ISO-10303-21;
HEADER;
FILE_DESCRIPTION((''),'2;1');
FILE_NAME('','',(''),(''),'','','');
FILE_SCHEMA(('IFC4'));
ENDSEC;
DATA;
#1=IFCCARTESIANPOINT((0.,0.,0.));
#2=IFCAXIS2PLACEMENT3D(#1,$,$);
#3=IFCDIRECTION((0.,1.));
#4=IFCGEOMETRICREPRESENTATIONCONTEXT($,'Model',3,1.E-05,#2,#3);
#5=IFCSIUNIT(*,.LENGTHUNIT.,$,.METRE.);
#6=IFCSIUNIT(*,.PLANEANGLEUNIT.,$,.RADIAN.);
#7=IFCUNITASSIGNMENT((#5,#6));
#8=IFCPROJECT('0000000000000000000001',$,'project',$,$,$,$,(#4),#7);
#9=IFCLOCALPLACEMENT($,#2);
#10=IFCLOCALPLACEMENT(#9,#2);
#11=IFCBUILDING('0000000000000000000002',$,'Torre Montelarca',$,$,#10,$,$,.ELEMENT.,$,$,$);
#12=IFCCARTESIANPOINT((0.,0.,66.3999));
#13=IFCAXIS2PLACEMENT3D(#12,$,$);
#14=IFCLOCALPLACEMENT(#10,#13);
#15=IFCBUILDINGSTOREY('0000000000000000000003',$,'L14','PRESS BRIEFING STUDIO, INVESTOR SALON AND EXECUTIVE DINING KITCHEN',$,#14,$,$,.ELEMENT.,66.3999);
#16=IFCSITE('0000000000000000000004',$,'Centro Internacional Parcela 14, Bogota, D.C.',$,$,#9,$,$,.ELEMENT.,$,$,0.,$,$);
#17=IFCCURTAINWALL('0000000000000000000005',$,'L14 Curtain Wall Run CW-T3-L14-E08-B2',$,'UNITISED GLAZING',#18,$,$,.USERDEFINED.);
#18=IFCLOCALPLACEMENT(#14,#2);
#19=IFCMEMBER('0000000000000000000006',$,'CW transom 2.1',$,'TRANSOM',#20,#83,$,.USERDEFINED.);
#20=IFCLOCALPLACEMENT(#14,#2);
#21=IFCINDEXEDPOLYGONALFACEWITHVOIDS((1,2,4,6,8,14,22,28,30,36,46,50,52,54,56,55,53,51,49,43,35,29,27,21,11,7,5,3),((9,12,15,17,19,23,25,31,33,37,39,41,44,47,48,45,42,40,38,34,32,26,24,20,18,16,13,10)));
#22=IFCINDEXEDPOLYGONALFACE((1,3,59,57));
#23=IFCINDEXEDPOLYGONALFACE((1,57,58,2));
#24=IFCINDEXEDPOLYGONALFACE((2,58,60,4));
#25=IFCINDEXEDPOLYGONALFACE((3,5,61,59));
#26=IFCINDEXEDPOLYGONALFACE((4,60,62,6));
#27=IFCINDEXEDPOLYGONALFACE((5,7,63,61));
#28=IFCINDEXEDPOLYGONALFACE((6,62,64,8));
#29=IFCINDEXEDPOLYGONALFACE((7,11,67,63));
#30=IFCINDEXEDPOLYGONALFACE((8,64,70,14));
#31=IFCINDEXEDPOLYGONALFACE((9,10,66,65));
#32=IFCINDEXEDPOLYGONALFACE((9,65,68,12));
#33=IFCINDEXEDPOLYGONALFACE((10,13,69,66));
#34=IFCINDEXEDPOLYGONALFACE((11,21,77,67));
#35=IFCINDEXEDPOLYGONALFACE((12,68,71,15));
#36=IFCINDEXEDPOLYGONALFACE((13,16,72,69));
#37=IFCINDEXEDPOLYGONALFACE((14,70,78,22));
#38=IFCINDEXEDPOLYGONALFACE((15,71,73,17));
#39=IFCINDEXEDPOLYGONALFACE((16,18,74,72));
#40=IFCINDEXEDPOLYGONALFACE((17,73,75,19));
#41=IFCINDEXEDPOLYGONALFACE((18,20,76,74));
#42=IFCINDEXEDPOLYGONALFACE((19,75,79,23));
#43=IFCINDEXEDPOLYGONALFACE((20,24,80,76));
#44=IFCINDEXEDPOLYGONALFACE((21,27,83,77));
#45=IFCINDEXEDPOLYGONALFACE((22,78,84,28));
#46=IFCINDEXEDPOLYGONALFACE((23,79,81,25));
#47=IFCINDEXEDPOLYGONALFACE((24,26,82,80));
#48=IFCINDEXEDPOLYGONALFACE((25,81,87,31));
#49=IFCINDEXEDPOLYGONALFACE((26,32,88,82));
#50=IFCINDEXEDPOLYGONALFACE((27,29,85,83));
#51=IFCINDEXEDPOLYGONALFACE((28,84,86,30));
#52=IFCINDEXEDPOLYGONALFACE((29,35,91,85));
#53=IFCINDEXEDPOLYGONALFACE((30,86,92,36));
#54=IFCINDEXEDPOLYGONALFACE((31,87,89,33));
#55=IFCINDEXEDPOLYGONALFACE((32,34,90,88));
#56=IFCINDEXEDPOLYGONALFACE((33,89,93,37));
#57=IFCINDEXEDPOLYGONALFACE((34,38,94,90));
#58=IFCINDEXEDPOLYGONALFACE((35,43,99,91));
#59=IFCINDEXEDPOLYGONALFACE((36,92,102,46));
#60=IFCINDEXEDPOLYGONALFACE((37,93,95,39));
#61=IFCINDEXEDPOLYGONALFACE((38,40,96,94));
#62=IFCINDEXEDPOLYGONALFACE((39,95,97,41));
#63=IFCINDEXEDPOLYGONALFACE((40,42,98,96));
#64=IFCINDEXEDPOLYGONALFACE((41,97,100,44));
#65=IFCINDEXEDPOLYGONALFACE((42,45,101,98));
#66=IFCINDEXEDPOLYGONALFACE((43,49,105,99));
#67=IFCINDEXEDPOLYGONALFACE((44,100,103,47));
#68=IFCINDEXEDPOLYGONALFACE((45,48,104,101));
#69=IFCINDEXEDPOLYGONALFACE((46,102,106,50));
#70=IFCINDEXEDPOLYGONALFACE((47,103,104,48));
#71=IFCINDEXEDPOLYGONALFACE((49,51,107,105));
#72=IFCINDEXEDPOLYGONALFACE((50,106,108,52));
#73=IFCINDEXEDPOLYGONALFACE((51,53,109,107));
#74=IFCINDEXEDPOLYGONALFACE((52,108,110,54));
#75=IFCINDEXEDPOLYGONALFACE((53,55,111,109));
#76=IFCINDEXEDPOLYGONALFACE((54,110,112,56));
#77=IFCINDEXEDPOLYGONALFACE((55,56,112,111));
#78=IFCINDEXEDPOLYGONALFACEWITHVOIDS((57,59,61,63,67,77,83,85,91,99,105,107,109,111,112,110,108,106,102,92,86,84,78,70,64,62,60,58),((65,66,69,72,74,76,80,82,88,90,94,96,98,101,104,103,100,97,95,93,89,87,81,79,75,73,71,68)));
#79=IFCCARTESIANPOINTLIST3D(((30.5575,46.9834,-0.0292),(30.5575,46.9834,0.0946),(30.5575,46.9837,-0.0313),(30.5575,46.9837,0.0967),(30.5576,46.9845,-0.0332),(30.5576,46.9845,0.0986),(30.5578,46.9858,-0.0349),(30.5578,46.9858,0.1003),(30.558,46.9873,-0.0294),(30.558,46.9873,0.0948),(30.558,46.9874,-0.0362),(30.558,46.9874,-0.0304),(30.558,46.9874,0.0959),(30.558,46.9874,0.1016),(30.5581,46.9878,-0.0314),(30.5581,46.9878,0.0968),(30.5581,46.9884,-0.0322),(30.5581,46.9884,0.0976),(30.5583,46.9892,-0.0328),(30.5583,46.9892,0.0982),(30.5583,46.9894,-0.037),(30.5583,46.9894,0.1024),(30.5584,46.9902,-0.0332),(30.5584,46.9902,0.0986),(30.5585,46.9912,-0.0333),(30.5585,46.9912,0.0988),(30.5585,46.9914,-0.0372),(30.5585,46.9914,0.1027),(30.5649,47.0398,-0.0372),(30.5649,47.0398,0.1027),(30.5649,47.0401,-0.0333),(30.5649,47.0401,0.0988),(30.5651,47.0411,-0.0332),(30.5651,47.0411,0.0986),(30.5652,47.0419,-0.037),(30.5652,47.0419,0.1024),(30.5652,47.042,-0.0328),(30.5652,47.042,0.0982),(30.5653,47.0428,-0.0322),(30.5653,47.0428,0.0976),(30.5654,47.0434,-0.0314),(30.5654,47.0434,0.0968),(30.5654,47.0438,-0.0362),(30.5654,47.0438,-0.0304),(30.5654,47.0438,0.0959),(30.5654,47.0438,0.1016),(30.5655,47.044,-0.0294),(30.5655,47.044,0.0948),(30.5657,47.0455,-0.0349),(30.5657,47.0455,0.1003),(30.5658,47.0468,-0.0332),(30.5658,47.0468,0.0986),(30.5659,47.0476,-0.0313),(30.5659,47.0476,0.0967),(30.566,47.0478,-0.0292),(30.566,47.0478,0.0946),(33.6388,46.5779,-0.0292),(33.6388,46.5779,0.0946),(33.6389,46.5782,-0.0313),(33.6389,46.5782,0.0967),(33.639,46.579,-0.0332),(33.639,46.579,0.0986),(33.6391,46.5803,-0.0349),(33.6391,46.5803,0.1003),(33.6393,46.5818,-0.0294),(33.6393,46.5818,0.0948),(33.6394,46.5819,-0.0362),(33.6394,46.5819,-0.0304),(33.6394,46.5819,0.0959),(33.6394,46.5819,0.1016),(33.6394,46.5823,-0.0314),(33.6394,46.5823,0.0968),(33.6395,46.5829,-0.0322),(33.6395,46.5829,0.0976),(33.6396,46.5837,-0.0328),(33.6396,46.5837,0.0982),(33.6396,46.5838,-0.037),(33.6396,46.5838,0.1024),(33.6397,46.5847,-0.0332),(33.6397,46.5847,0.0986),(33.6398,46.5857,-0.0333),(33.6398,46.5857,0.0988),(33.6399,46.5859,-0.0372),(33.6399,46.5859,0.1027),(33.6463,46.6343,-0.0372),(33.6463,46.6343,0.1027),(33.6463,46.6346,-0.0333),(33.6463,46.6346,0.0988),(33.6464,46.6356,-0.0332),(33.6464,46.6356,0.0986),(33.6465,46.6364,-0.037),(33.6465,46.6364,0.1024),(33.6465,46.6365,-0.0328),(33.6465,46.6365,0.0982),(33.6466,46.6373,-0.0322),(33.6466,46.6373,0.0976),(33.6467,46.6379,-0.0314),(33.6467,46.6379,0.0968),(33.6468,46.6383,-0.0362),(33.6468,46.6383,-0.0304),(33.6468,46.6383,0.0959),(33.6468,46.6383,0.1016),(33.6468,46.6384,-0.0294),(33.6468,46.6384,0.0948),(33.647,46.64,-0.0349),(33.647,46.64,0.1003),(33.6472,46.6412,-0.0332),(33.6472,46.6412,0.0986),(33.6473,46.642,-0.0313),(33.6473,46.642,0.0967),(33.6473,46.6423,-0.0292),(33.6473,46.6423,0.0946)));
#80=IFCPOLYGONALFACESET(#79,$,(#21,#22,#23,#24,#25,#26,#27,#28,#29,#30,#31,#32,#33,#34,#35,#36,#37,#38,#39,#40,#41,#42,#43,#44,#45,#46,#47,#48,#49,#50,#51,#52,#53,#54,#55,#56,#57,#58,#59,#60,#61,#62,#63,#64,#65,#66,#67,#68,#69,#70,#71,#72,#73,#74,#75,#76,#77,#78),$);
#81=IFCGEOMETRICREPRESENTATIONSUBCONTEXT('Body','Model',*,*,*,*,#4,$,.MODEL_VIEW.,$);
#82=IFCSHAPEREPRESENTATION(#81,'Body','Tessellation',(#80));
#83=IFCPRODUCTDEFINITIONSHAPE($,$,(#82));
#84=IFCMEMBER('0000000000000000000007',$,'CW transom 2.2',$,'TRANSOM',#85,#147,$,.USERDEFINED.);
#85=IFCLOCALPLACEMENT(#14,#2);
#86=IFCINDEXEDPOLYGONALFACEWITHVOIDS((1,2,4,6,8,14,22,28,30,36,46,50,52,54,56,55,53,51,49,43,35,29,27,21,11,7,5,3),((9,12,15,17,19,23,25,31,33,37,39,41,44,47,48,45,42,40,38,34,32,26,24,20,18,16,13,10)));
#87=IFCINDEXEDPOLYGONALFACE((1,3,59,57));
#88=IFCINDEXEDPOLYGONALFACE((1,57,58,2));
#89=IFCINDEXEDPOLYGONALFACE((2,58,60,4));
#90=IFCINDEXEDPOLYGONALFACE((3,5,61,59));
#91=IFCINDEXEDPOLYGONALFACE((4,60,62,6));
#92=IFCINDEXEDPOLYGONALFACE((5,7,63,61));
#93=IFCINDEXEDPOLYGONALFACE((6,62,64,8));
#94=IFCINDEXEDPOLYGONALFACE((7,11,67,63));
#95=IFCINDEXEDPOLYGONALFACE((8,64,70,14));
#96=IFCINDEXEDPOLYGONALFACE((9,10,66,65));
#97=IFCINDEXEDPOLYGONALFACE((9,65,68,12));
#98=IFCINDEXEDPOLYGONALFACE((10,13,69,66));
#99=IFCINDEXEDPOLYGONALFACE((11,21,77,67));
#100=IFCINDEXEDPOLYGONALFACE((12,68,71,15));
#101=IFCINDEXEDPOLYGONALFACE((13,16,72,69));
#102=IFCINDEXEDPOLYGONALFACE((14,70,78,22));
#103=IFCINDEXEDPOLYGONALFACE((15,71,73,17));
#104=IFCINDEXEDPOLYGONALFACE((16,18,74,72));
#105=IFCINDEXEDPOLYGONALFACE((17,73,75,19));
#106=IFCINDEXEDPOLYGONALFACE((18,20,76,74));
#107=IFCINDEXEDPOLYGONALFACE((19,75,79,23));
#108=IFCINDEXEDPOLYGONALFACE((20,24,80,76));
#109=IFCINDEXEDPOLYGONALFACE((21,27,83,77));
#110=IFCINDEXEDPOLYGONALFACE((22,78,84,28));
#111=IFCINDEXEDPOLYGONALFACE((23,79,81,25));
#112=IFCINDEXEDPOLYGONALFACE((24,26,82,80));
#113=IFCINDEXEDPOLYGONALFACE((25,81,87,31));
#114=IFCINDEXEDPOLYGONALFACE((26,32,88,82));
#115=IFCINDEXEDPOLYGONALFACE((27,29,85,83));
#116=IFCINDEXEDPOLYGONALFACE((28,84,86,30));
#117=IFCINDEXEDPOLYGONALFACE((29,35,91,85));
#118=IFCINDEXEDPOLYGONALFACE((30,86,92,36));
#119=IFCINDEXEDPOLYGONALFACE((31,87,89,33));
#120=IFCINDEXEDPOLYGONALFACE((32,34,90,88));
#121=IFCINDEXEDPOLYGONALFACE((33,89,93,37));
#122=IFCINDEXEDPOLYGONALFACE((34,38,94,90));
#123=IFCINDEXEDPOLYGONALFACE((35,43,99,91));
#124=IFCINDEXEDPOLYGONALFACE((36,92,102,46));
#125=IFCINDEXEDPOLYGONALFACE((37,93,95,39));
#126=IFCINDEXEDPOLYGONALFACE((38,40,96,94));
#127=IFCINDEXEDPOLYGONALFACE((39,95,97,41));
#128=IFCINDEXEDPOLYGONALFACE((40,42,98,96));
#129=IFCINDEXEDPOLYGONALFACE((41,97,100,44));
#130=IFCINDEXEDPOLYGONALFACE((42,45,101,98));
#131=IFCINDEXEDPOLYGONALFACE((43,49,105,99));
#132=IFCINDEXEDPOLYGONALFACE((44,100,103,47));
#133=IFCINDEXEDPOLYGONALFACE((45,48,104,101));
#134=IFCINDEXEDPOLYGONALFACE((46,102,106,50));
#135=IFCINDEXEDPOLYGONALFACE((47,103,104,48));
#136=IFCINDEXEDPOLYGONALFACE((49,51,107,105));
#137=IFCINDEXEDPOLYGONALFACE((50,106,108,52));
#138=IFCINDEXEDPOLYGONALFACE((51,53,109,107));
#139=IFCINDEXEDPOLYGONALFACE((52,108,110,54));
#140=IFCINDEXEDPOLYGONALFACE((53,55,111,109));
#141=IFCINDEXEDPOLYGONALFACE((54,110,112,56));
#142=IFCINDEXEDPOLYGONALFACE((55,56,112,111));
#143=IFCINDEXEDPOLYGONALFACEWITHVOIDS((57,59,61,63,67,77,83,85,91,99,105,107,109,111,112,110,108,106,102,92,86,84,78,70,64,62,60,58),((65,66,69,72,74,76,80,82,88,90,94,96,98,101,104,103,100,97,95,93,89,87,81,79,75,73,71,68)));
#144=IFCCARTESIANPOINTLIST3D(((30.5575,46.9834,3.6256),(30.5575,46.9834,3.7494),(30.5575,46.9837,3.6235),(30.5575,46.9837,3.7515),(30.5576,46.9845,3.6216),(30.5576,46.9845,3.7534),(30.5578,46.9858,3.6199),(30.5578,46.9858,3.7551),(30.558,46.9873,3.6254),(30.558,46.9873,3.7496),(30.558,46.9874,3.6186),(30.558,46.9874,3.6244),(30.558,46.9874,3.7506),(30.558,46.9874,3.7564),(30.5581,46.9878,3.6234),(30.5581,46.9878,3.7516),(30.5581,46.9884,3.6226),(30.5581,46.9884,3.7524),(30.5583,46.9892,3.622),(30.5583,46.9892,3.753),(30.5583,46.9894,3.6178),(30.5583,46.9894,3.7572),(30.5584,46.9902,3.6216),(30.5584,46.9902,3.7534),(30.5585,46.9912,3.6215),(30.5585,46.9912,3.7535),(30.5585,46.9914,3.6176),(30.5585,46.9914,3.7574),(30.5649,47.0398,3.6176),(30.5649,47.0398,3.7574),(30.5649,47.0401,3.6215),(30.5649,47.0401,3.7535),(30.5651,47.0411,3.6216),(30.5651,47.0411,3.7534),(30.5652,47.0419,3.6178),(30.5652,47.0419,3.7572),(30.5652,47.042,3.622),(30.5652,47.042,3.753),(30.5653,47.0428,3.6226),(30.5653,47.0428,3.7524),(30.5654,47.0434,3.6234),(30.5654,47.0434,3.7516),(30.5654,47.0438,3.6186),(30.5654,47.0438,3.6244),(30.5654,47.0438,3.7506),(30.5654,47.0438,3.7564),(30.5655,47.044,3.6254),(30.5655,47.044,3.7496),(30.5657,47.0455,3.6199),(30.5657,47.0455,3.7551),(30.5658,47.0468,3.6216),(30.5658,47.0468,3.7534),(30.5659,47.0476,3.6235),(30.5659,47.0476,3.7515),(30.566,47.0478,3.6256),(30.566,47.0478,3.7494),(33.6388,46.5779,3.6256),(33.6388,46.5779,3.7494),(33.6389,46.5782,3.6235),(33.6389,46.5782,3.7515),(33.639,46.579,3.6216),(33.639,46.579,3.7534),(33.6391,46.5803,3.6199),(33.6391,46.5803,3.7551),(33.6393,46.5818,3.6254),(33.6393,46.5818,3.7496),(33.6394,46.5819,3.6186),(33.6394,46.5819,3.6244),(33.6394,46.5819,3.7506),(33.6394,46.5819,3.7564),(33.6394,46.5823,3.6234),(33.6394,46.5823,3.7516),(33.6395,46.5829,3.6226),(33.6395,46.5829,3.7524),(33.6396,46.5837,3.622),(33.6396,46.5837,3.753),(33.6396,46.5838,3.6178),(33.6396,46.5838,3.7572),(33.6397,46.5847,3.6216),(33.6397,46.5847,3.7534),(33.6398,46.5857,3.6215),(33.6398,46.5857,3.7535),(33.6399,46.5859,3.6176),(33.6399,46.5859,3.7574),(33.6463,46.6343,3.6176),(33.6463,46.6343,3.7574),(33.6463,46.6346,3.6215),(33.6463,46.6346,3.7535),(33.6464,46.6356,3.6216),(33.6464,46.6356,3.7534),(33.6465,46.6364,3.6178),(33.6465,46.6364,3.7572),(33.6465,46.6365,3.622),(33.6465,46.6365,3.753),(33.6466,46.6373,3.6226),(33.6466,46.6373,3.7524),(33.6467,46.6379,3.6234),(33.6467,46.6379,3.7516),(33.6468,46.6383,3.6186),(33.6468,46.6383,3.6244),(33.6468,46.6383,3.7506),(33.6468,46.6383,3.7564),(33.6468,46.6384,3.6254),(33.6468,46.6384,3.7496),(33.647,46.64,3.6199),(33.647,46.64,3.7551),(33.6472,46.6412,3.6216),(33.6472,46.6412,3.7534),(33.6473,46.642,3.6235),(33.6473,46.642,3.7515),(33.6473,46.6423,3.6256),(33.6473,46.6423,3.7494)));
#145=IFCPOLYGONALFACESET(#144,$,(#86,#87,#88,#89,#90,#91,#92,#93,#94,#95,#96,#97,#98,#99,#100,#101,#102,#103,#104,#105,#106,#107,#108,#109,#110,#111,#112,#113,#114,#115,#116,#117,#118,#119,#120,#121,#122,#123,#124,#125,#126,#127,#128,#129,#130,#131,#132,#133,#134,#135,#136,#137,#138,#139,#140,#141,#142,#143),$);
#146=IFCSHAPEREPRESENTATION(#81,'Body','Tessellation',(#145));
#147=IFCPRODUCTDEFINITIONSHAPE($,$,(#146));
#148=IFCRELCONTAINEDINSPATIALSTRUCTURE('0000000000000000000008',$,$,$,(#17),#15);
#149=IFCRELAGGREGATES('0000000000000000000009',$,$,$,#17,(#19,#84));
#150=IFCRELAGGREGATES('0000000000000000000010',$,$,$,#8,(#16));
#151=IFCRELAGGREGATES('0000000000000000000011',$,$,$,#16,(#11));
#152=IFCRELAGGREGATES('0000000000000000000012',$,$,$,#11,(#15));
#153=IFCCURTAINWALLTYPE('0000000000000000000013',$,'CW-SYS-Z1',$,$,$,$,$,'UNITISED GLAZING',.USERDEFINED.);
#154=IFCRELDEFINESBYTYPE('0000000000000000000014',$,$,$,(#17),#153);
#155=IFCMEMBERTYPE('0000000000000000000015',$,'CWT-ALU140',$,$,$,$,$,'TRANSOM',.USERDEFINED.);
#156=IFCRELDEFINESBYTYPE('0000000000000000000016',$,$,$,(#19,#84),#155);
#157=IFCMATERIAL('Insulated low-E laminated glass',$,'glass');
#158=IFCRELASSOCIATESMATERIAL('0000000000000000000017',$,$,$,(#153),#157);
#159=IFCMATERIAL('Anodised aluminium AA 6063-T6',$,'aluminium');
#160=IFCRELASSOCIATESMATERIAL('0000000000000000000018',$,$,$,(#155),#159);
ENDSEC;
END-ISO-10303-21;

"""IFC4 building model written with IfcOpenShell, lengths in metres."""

from ifc_helpers import new_model, si_unit, direction, frame, origin, origin_2d, place, context, subcontext, project, spatial, hollow_rectangle, extrude, source, transform, mapped, material, material_profile, profile_set, type_object, element, aggregate, save


model = new_model("IFC4")

# Units and contexts
model_context = context("Model", 3, precision=1e-05, world=origin(), true_north=direction((0.0, 1.0)))
body_context = subcontext(model_context, "Body", "Model", "MODEL_VIEW")
ifc_project = project(units=[si_unit("LENGTHUNIT", "METRE"), si_unit("PLANEANGLEUNIT", "RADIAN")], contexts=[model_context])

# Site, building, storey
site_placement = place(None, origin())
site = spatial("IfcSite", under=ifc_project, at=site_placement, Name="Centro Internacional Parcela 14, Bogota, D.C.", CompositionType="ELEMENT", RefElevation=0.0)
building_placement = place(site_placement, origin())
building = spatial("IfcBuilding", under=site, at=building_placement, Name="Torre Montelarca", CompositionType="ELEMENT")
storey_placement = place(building_placement, frame((0.0, 0.0, 66.3999)))
storey = spatial("IfcBuildingStorey", under=building, at=storey_placement, Name="L14", Description="PRESS BRIEFING STUDIO, INVESTOR SALON AND EXECUTIVE DINING KITCHEN", CompositionType="ELEMENT", Elevation=66.3999)

# Curtain wall, members
ifc_material_1 = material(Name="Insulated low-E laminated glass", Category="glass")
curtain_wall_type = type_object("IfcCurtainWallType", Name="CW-SYS-Z1", ElementType="UNITISED GLAZING", PredefinedType="USERDEFINED", material=ifc_material_1)
curtain_wall_1_placement = place(storey_placement, origin())
curtain_wall_1 = element("IfcCurtainWall", 1, at=curtain_wall_1_placement, inside=storey, type_object=curtain_wall_type, Name="L14 Curtain Wall Run CW-T3-L14-E08-B2", ObjectType="UNITISED GLAZING", PredefinedType="USERDEFINED")
ifc_material_2 = material(Name="Anodised aluminium AA 6063-T6", Category="aluminium")
ifc_material_profile_1 = material_profile(ifc_material_2, hollow_rectangle(XDim=0.0649, YDim=0.1399, WallThickness=0.0039, InnerFilletRadius=0.0039, OuterFilletRadius=0.0081, at=origin_2d()), Name="ALU65X140X4", Category="aluminium")
ifc_profile_set_1 = profile_set([ifc_material_profile_1], Name="Anodised aluminium AA 6063-T6")
member_type_1 = type_object("IfcMemberType", Name="CWT-ALU140", ElementType="TRANSOM", PredefinedType="USERDEFINED", material=ifc_profile_set_1)
shared_shape_1 = source(origin(), body_context, "Body", "SweptSolid", [
    extrude(hollow_rectangle(XDim=0.0649, YDim=0.1399, WallThickness=0.0039, InnerFilletRadius=0.0039, OuterFilletRadius=0.0081, at=origin_2d()), origin(), (0.0, 0.0, 1.0), 3.1079),
])
member_1_placement = place(storey_placement, frame((33.6431, 46.6101, 0.0327), z_axis=(-0.991451, 0.130481, 0.0), x_axis=(-0.130481, -0.991451, 0.0)))
member_1 = element("IfcMember", 2, at=member_1_placement, type_object=member_type_1, Name="CW transom 2.1", ObjectType="TRANSOM", PredefinedType="USERDEFINED", context=body_context, shape_type="MappedRepresentation", body=[
    mapped(shared_shape_1, transform((0.0, 0.0, 0.0), scale=1.0)),
])
member_2_placement = place(storey_placement, frame((33.6431, 46.6101, 3.6875), z_axis=(-0.991451, 0.130481, 0.0), x_axis=(-0.130481, -0.991451, 0.0)))
member_2 = element("IfcMember", 3, at=member_2_placement, type_object=member_type_1, Name="CW transom 2.2", ObjectType="TRANSOM", PredefinedType="USERDEFINED", context=body_context, shape_type="MappedRepresentation", body=[
    mapped(shared_shape_1, transform((0.0, 0.0, 0.0), scale=1.0)),
])

aggregate(curtain_wall_1, [member_1, member_2])

save(model, "model.ifc")
